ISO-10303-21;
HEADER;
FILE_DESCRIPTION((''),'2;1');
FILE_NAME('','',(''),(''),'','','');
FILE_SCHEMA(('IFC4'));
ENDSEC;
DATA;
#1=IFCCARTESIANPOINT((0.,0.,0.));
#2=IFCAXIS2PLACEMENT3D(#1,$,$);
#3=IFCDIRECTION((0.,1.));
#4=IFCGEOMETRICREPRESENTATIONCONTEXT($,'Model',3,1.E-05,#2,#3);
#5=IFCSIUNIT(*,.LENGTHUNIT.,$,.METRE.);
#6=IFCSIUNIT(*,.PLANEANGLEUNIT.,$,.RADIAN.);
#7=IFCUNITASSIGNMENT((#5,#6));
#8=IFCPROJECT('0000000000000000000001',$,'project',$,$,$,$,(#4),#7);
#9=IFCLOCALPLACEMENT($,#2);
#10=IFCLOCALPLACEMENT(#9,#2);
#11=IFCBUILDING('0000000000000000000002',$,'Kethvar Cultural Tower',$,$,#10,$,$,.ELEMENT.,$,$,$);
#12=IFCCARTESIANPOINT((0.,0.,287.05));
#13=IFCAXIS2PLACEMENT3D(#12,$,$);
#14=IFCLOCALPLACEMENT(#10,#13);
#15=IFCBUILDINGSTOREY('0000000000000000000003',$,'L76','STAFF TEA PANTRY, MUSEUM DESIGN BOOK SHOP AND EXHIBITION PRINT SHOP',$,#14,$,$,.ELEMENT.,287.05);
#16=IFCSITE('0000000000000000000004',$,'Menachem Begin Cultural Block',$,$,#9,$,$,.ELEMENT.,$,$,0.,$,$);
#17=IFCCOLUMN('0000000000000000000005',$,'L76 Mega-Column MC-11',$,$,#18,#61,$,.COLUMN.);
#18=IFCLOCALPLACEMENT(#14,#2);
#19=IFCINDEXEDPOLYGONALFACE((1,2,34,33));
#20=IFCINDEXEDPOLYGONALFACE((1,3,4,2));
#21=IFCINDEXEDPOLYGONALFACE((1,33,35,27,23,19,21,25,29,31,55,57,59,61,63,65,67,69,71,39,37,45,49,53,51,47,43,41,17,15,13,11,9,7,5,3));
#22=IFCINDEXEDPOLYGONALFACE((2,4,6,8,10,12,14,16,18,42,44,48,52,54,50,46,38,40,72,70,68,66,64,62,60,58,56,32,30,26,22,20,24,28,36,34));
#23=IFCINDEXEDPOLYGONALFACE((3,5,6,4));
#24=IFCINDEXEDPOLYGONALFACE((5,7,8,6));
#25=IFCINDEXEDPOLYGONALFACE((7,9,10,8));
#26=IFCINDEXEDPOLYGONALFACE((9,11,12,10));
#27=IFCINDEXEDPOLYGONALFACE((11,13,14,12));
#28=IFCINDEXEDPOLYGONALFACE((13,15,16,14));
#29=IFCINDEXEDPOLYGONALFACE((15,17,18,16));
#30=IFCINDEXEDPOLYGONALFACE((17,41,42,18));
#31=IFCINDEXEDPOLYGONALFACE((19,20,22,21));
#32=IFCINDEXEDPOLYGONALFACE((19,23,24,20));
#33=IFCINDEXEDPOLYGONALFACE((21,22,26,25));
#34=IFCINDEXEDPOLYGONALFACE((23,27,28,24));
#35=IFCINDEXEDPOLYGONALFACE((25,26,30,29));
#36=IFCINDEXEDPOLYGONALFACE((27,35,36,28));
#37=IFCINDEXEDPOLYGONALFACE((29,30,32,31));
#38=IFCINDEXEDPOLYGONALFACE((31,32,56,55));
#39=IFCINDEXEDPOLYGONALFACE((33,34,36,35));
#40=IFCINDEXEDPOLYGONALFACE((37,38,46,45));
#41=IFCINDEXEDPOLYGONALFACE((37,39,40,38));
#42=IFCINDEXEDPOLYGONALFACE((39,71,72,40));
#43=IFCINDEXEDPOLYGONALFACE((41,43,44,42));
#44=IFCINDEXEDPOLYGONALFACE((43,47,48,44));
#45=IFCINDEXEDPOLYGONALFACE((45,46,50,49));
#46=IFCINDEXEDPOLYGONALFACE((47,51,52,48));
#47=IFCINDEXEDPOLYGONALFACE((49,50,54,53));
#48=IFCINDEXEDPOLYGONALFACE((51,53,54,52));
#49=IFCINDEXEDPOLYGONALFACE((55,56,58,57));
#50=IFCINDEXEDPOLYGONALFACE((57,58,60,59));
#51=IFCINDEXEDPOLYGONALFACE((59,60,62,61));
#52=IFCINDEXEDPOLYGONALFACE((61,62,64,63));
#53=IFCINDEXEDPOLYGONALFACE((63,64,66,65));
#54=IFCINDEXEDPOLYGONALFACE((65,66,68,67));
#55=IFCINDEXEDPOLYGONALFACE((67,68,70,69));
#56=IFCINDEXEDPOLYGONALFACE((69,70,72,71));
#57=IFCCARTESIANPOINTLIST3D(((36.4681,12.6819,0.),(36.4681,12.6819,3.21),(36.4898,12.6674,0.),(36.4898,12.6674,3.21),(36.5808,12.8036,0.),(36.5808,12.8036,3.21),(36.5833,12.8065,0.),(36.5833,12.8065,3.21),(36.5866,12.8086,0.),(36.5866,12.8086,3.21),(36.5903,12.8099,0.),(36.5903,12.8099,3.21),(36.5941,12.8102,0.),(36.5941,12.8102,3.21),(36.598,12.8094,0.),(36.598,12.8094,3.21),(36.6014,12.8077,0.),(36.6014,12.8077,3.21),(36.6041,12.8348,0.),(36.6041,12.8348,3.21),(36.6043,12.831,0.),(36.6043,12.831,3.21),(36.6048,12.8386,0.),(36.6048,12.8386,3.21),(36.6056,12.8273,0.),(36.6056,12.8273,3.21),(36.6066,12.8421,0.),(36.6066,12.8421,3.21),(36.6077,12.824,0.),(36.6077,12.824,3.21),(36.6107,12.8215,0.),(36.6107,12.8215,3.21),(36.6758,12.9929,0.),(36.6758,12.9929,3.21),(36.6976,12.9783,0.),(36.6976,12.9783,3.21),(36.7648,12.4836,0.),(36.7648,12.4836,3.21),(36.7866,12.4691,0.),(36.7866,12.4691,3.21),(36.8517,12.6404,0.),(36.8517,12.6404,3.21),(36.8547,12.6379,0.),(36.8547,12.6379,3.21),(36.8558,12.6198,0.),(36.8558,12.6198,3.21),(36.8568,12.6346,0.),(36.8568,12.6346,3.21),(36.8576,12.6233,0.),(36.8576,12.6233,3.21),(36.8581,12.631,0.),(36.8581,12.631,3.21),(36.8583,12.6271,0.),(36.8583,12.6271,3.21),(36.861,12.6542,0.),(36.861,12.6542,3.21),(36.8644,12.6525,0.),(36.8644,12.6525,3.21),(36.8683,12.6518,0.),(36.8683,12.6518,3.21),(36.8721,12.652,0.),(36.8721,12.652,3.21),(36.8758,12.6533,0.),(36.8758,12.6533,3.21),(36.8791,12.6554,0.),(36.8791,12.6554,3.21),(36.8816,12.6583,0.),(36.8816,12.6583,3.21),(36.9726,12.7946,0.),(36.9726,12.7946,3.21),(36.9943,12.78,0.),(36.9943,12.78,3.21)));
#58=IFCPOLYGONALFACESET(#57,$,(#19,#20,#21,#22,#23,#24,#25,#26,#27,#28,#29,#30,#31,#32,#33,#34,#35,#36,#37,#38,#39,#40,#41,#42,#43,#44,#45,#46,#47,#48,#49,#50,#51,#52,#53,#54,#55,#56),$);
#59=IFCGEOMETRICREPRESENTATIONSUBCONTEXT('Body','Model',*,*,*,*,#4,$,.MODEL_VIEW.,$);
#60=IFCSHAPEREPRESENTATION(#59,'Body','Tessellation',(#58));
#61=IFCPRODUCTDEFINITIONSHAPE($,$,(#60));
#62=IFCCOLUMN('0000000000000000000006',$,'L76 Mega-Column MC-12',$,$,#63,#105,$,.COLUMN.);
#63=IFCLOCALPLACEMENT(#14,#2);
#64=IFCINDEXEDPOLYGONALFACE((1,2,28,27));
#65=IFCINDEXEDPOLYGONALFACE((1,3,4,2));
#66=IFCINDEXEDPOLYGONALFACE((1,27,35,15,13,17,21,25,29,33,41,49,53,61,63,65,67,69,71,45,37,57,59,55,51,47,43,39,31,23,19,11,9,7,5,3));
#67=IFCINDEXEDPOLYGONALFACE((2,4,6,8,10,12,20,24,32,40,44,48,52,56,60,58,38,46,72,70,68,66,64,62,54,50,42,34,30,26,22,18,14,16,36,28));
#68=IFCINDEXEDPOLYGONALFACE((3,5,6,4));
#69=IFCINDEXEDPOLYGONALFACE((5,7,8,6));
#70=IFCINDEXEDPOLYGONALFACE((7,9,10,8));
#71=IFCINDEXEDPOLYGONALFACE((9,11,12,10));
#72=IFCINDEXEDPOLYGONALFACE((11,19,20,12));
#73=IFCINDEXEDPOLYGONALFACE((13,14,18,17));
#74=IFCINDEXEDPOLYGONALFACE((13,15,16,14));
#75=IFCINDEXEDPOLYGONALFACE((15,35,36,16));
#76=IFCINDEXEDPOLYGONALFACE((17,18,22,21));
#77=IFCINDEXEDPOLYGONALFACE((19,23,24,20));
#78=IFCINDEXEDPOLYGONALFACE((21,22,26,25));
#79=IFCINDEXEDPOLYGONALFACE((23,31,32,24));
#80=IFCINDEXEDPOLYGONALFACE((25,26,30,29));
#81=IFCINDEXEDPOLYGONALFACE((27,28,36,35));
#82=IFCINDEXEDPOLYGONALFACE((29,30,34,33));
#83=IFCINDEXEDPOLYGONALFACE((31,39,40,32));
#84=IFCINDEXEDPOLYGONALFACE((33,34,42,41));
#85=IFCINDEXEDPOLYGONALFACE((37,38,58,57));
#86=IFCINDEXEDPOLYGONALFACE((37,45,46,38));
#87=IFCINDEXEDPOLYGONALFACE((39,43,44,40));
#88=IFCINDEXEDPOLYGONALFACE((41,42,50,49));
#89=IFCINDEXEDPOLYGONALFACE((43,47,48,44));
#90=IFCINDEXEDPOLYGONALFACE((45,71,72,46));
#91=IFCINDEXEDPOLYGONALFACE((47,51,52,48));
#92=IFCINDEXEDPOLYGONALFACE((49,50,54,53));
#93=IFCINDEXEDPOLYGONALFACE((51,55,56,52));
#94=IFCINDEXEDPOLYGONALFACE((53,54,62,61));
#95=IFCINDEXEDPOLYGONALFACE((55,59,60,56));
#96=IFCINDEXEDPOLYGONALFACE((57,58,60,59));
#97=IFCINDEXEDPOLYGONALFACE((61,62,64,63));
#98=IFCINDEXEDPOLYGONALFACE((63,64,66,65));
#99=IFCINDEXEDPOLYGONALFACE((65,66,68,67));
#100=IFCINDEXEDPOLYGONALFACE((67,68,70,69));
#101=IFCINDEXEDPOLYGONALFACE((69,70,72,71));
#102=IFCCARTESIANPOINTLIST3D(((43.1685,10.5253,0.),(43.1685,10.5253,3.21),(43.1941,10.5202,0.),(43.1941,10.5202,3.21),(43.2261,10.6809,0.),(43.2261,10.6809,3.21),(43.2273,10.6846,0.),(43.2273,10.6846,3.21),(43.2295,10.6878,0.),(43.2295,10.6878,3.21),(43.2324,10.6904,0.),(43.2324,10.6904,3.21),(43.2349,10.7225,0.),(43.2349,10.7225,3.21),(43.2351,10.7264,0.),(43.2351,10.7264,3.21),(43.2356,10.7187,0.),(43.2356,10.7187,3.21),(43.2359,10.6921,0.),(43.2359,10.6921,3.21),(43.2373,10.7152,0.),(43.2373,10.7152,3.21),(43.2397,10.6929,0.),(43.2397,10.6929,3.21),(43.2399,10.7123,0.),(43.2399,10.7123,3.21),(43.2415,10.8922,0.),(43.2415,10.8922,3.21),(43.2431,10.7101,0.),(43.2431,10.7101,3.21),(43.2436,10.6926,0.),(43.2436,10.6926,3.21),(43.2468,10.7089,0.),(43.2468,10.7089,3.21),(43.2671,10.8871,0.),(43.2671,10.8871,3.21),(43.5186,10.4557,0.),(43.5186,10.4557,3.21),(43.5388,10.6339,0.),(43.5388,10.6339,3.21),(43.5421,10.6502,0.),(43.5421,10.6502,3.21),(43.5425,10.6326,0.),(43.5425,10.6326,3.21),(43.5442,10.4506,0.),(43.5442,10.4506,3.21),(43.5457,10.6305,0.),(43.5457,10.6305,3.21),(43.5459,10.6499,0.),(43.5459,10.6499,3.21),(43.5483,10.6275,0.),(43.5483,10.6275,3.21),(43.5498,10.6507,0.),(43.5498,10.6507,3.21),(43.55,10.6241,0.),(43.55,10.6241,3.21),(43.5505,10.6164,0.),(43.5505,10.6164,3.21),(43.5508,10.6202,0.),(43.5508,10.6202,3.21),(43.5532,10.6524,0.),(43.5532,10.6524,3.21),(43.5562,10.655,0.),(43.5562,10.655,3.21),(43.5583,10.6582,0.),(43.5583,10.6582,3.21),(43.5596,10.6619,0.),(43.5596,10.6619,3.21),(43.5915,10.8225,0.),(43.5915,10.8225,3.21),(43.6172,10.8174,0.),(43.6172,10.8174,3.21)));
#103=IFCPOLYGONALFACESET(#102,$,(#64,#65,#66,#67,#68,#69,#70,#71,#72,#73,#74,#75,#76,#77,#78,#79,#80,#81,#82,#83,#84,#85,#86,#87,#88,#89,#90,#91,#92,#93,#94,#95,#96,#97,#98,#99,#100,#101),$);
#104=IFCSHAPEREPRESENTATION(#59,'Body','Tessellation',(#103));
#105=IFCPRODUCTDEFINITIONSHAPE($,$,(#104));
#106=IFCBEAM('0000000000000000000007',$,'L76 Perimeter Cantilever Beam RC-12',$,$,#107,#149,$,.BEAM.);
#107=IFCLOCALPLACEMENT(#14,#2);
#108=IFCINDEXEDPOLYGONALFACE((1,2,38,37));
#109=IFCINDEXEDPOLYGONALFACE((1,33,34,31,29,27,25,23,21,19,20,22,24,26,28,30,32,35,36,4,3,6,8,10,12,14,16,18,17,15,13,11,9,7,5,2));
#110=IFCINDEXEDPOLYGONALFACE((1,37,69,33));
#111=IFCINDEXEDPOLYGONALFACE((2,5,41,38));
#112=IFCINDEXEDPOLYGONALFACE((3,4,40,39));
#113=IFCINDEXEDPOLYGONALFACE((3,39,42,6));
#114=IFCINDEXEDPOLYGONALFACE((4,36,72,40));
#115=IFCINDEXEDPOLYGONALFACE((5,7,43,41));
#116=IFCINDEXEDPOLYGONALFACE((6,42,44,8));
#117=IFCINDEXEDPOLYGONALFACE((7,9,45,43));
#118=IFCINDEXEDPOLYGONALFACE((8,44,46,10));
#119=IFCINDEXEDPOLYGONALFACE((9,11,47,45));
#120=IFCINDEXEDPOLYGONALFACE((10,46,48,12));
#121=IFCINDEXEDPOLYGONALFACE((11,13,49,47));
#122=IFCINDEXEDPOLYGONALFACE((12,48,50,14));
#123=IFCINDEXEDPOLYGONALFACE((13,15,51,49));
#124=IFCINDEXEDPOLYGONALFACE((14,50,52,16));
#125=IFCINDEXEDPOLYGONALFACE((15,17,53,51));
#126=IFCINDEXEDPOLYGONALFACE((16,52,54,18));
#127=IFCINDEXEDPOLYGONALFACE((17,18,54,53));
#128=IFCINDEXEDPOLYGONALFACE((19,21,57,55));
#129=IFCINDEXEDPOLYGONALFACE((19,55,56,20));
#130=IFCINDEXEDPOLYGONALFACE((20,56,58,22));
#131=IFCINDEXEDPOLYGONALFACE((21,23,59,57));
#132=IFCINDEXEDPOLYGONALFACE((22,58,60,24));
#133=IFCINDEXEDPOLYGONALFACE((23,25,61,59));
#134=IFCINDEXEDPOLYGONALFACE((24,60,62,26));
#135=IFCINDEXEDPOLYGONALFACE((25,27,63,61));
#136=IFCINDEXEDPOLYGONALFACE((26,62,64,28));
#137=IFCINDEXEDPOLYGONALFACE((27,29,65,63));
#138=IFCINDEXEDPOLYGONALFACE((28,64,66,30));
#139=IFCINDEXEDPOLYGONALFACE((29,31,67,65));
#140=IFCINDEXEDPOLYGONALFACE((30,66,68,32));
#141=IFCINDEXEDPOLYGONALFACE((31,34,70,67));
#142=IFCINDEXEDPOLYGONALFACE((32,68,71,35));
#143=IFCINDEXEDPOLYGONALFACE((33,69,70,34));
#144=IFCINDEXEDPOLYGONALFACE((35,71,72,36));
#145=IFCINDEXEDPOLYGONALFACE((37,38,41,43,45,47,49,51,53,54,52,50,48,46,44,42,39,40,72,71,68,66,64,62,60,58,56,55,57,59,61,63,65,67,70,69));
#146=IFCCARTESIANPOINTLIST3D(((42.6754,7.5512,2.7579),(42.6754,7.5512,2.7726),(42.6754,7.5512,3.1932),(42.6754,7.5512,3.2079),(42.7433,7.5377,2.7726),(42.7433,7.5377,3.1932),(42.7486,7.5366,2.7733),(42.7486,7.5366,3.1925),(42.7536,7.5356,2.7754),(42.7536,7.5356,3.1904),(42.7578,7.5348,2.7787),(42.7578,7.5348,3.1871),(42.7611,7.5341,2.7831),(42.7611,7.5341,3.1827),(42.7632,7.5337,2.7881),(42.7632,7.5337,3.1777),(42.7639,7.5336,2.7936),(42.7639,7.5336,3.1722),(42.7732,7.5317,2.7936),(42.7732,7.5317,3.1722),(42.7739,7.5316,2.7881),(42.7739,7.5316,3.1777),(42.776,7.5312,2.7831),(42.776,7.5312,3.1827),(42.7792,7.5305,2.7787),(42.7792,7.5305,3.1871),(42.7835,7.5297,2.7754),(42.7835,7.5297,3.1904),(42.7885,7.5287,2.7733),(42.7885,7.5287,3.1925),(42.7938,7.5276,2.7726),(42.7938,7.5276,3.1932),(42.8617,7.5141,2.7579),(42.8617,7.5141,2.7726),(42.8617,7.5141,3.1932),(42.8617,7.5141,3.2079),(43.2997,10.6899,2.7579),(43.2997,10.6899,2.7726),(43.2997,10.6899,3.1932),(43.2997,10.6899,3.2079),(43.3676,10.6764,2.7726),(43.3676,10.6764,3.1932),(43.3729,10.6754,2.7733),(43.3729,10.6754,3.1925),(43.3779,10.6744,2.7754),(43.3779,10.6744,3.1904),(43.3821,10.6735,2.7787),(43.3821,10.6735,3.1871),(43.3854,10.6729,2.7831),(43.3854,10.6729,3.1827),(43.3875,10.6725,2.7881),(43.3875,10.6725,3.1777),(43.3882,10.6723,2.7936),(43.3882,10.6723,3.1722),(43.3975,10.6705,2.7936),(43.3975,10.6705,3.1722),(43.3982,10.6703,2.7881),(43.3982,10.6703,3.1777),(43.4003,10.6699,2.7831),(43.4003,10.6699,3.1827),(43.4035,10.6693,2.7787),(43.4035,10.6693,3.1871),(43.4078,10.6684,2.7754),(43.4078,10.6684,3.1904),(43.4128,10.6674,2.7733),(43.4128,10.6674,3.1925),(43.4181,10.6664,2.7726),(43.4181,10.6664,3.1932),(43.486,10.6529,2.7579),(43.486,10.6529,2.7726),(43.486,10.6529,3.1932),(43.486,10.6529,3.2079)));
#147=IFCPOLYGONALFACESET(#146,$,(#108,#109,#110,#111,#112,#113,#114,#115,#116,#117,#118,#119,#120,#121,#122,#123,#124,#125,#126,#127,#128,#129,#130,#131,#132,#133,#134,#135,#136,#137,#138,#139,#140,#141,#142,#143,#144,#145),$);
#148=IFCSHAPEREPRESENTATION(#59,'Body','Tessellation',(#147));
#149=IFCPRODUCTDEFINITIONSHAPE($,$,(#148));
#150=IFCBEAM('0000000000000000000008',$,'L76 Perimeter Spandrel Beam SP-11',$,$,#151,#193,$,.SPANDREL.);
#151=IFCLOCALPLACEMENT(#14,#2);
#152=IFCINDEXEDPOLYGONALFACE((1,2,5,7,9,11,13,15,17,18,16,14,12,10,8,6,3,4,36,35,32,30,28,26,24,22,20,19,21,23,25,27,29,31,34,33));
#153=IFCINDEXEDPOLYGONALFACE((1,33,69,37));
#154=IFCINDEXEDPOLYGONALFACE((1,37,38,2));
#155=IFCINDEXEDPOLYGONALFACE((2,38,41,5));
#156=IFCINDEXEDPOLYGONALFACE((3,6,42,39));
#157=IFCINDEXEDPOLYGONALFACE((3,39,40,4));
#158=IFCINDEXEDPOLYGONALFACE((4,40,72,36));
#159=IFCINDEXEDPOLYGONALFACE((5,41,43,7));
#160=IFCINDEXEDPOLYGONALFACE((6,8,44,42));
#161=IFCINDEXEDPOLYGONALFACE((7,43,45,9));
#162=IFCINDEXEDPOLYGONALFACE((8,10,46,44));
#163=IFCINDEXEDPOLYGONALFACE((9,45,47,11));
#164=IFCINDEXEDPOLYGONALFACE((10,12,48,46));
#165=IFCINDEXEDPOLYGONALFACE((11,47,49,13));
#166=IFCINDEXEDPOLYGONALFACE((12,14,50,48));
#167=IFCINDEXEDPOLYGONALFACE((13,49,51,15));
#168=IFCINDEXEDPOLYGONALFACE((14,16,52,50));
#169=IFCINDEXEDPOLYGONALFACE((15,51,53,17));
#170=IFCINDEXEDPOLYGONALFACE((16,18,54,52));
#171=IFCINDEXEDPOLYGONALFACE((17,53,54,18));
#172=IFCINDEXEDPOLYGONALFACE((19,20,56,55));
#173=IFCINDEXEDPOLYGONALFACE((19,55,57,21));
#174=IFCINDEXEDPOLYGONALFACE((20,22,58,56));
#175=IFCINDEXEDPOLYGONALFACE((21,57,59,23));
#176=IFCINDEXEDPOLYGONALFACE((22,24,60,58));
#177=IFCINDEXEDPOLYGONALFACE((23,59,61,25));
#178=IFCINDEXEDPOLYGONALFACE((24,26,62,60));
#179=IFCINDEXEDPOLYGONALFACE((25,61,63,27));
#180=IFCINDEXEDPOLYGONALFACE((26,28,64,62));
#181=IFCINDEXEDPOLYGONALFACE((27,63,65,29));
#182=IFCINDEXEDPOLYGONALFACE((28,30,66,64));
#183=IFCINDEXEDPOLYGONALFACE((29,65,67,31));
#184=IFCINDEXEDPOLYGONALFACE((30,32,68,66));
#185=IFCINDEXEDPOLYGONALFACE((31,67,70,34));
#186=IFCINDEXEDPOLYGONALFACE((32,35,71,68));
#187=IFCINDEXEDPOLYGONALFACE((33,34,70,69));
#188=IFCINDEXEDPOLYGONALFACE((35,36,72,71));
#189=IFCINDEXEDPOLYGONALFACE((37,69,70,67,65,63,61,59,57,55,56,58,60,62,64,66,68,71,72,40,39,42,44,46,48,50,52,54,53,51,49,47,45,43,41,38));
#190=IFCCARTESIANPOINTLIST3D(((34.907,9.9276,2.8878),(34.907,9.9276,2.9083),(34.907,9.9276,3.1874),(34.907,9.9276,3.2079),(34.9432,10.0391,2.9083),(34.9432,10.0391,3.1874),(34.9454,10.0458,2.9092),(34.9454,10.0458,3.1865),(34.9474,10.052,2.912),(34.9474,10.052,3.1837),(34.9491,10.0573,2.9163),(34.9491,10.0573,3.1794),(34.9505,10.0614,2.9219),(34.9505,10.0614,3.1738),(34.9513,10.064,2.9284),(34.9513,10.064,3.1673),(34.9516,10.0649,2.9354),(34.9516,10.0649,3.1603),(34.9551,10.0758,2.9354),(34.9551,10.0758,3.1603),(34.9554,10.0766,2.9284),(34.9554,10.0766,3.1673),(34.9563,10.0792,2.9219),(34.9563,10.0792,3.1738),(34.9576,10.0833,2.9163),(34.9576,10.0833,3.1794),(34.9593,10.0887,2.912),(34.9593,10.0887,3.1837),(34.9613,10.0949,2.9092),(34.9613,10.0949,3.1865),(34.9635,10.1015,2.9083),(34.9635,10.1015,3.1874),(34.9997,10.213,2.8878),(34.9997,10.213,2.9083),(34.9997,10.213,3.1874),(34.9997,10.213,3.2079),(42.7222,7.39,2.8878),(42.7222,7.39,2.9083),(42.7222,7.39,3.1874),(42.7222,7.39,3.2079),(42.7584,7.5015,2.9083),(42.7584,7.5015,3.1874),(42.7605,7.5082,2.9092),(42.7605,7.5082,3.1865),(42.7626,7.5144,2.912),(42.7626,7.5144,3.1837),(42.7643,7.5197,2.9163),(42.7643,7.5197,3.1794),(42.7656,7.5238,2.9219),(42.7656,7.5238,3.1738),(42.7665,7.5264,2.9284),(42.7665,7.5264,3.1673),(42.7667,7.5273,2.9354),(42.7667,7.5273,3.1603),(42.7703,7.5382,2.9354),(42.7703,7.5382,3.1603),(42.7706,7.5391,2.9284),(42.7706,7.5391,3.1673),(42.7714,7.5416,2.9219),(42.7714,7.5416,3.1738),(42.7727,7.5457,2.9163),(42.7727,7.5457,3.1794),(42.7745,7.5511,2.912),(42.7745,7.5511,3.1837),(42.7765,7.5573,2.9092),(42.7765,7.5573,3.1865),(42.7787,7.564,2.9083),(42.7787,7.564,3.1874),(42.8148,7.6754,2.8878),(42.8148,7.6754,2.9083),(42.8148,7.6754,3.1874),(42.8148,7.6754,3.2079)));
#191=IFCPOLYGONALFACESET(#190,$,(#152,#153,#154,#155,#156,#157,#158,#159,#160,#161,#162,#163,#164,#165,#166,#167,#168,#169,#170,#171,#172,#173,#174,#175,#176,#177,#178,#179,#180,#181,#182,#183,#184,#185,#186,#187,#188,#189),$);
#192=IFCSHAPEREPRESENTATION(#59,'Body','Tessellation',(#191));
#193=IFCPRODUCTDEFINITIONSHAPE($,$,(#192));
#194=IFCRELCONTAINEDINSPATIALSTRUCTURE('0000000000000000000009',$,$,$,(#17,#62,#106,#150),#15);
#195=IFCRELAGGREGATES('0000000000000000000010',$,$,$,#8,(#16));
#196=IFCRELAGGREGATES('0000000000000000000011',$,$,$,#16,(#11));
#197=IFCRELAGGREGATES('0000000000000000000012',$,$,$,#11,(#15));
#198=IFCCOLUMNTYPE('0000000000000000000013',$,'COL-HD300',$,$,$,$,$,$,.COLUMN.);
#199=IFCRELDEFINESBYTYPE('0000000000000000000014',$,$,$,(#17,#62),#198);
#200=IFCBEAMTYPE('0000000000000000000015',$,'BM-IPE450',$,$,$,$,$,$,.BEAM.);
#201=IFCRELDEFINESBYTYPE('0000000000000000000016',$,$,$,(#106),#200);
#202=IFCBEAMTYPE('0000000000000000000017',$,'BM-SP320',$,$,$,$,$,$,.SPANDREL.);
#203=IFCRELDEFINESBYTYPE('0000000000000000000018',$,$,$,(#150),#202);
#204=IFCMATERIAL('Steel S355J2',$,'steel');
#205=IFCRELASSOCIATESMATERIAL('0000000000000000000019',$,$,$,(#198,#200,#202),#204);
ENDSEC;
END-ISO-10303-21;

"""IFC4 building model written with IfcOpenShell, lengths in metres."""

from ifc_helpers import new_model, si_unit, direction, frame, origin, origin_2d, place, context, subcontext, project, spatial, i_section, extrude, source, transform, mapped, material, material_profile, profile_set, type_object, element, save


model = new_model("IFC4")

# Units and contexts
model_context = context("Model", 3, precision=1e-05, world=origin(), true_north=direction((0.0, 1.0)))
body_context = subcontext(model_context, "Body", "Model", "MODEL_VIEW")
ifc_project = project(units=[si_unit("LENGTHUNIT", "METRE"), si_unit("PLANEANGLEUNIT", "RADIAN")], contexts=[model_context])

# Site, building, storey
site_placement = place(None, origin())
site = spatial("IfcSite", under=ifc_project, at=site_placement, Name="Menachem Begin Cultural Block", CompositionType="ELEMENT", RefElevation=0.0)
building_placement = place(site_placement, origin())
building = spatial("IfcBuilding", under=site, at=building_placement, Name="Kethvar Cultural Tower", CompositionType="ELEMENT")
storey_placement = place(building_placement, frame((0.0, 0.0, 287.05)))
storey = spatial("IfcBuildingStorey", under=building, at=storey_placement, Name="L76", Description="STAFF TEA PANTRY, MUSEUM DESIGN BOOK SHOP AND EXHIBITION PRINT SHOP", CompositionType="ELEMENT", Elevation=287.05)

# Columns
ifc_material_1 = material(Name="Steel S355J2", Category="steel")
ifc_material_profile_1 = material_profile(ifc_material_1, i_section(OverallWidth=0.374, OverallDepth=0.3831, WebThickness=0.0166, FlangeThickness=0.0261, FilletRadius=0.0149, at=origin_2d()), Name="Steel S355J2 — HD360x300")
ifc_profile_set_1 = profile_set([ifc_material_profile_1], Name="Steel S355J2 — HD360x300")
column_type = type_object("IfcColumnType", Name="COL-HD300", PredefinedType="COLUMN", material=ifc_profile_set_1)
shared_shape_1 = source(origin(), body_context, "Body", "SweptSolid", [
    extrude(i_section(OverallWidth=0.374, OverallDepth=0.3831, WebThickness=0.0166, FlangeThickness=0.0261, FilletRadius=0.0149, at=origin_2d()), origin(), (0.0, 0.0, 1.0), 3.21),
])
for number, where, z_axis, x_axis, name in (
    (1, (36.7312, 12.731, 0.0), (0.0, 0.0, 1.0), (-0.55557, -0.83147, 0.0), "L76 Mega-Column MC-11"),
    (2, (43.3928, 10.6714, 0.0), (0.0, 0.0, 1.0), (-0.19509, -0.980785, 0.0), "L76 Mega-Column MC-12"),
):
    element("IfcColumn", number, at=place(storey_placement, frame(where, z_axis=z_axis, x_axis=x_axis)), inside=storey, type_object=column_type, Name=name, PredefinedType="COLUMN", context=body_context, shape_type="MappedRepresentation", body=[
        mapped(shared_shape_1, transform((0.0, 0.0, 0.0), scale=1.0)),
    ])

# Beams
ifc_material_profile_2 = material_profile(ifc_material_1, i_section(OverallWidth=0.1899, OverallDepth=0.45, WebThickness=0.0095, FlangeThickness=0.0146, FilletRadius=0.021, at=origin_2d()), Name="Steel S355J2 — IPE450")
ifc_profile_set_2 = profile_set([ifc_material_profile_2], Name="Steel S355J2 — IPE450")
beam_type_1 = type_object("IfcBeamType", Name="BM-IPE450", PredefinedType="BEAM", material=ifc_profile_set_2)
shared_shape_2 = source(origin(), body_context, "Body", "SweptSolid", [
    extrude(i_section(OverallWidth=0.1899, OverallDepth=0.45, WebThickness=0.0095, FlangeThickness=0.0146, FilletRadius=0.021, at=origin_2d()), origin(), (0.0, 0.0, 1.0), 3.2002),
])
beam_1_placement = place(storey_placement, frame((43.3928, 10.6714, 2.9829), z_axis=(-0.195074, -0.980788, 0.0), x_axis=(0.980788, -0.195074, 0.0)))
element("IfcBeam", 3, at=beam_1_placement, inside=storey, type_object=beam_type_1, Name="L76 Perimeter Cantilever Beam RC-12", PredefinedType="BEAM", context=body_context, shape_type="MappedRepresentation", body=[
    mapped(shared_shape_2, transform((0.0, 0.0, 0.0), scale=1.0)),
])
ifc_material_profile_3 = material_profile(ifc_material_1, i_section(OverallWidth=0.3, OverallDepth=0.3201, WebThickness=0.0115, FlangeThickness=0.0205, FilletRadius=0.0271, at=origin_2d()), Name="Steel S355J2 — HEB320")
ifc_profile_set_3 = profile_set([ifc_material_profile_3], Name="Steel S355J2 — HEB320")
beam_type_2 = type_object("IfcBeamType", Name="BM-SP320", PredefinedType="SPANDREL", material=ifc_profile_set_3)
shared_shape_3 = source(origin(), body_context, "Body", "SweptSolid", [
    extrude(i_section(OverallWidth=0.3, OverallDepth=0.3201, WebThickness=0.0115, FlangeThickness=0.0205, FilletRadius=0.0271, at=origin_2d()), origin(), (0.0, 0.0, 1.0), 8.2168),
])
beam_2_placement = place(storey_placement, frame((34.9534, 10.0703, 3.0479), z_axis=(0.951118, -0.308829, 0.0), x_axis=(0.308829, 0.951118, 0.0)))
element("IfcBeam", 4, at=beam_2_placement, inside=storey, type_object=beam_type_2, Name="L76 Perimeter Spandrel Beam SP-11", PredefinedType="SPANDREL", context=body_context, shape_type="MappedRepresentation", body=[
    mapped(shared_shape_3, transform((0.0, 0.0, 0.0), scale=1.0)),
])

save(model, "model.ifc")
